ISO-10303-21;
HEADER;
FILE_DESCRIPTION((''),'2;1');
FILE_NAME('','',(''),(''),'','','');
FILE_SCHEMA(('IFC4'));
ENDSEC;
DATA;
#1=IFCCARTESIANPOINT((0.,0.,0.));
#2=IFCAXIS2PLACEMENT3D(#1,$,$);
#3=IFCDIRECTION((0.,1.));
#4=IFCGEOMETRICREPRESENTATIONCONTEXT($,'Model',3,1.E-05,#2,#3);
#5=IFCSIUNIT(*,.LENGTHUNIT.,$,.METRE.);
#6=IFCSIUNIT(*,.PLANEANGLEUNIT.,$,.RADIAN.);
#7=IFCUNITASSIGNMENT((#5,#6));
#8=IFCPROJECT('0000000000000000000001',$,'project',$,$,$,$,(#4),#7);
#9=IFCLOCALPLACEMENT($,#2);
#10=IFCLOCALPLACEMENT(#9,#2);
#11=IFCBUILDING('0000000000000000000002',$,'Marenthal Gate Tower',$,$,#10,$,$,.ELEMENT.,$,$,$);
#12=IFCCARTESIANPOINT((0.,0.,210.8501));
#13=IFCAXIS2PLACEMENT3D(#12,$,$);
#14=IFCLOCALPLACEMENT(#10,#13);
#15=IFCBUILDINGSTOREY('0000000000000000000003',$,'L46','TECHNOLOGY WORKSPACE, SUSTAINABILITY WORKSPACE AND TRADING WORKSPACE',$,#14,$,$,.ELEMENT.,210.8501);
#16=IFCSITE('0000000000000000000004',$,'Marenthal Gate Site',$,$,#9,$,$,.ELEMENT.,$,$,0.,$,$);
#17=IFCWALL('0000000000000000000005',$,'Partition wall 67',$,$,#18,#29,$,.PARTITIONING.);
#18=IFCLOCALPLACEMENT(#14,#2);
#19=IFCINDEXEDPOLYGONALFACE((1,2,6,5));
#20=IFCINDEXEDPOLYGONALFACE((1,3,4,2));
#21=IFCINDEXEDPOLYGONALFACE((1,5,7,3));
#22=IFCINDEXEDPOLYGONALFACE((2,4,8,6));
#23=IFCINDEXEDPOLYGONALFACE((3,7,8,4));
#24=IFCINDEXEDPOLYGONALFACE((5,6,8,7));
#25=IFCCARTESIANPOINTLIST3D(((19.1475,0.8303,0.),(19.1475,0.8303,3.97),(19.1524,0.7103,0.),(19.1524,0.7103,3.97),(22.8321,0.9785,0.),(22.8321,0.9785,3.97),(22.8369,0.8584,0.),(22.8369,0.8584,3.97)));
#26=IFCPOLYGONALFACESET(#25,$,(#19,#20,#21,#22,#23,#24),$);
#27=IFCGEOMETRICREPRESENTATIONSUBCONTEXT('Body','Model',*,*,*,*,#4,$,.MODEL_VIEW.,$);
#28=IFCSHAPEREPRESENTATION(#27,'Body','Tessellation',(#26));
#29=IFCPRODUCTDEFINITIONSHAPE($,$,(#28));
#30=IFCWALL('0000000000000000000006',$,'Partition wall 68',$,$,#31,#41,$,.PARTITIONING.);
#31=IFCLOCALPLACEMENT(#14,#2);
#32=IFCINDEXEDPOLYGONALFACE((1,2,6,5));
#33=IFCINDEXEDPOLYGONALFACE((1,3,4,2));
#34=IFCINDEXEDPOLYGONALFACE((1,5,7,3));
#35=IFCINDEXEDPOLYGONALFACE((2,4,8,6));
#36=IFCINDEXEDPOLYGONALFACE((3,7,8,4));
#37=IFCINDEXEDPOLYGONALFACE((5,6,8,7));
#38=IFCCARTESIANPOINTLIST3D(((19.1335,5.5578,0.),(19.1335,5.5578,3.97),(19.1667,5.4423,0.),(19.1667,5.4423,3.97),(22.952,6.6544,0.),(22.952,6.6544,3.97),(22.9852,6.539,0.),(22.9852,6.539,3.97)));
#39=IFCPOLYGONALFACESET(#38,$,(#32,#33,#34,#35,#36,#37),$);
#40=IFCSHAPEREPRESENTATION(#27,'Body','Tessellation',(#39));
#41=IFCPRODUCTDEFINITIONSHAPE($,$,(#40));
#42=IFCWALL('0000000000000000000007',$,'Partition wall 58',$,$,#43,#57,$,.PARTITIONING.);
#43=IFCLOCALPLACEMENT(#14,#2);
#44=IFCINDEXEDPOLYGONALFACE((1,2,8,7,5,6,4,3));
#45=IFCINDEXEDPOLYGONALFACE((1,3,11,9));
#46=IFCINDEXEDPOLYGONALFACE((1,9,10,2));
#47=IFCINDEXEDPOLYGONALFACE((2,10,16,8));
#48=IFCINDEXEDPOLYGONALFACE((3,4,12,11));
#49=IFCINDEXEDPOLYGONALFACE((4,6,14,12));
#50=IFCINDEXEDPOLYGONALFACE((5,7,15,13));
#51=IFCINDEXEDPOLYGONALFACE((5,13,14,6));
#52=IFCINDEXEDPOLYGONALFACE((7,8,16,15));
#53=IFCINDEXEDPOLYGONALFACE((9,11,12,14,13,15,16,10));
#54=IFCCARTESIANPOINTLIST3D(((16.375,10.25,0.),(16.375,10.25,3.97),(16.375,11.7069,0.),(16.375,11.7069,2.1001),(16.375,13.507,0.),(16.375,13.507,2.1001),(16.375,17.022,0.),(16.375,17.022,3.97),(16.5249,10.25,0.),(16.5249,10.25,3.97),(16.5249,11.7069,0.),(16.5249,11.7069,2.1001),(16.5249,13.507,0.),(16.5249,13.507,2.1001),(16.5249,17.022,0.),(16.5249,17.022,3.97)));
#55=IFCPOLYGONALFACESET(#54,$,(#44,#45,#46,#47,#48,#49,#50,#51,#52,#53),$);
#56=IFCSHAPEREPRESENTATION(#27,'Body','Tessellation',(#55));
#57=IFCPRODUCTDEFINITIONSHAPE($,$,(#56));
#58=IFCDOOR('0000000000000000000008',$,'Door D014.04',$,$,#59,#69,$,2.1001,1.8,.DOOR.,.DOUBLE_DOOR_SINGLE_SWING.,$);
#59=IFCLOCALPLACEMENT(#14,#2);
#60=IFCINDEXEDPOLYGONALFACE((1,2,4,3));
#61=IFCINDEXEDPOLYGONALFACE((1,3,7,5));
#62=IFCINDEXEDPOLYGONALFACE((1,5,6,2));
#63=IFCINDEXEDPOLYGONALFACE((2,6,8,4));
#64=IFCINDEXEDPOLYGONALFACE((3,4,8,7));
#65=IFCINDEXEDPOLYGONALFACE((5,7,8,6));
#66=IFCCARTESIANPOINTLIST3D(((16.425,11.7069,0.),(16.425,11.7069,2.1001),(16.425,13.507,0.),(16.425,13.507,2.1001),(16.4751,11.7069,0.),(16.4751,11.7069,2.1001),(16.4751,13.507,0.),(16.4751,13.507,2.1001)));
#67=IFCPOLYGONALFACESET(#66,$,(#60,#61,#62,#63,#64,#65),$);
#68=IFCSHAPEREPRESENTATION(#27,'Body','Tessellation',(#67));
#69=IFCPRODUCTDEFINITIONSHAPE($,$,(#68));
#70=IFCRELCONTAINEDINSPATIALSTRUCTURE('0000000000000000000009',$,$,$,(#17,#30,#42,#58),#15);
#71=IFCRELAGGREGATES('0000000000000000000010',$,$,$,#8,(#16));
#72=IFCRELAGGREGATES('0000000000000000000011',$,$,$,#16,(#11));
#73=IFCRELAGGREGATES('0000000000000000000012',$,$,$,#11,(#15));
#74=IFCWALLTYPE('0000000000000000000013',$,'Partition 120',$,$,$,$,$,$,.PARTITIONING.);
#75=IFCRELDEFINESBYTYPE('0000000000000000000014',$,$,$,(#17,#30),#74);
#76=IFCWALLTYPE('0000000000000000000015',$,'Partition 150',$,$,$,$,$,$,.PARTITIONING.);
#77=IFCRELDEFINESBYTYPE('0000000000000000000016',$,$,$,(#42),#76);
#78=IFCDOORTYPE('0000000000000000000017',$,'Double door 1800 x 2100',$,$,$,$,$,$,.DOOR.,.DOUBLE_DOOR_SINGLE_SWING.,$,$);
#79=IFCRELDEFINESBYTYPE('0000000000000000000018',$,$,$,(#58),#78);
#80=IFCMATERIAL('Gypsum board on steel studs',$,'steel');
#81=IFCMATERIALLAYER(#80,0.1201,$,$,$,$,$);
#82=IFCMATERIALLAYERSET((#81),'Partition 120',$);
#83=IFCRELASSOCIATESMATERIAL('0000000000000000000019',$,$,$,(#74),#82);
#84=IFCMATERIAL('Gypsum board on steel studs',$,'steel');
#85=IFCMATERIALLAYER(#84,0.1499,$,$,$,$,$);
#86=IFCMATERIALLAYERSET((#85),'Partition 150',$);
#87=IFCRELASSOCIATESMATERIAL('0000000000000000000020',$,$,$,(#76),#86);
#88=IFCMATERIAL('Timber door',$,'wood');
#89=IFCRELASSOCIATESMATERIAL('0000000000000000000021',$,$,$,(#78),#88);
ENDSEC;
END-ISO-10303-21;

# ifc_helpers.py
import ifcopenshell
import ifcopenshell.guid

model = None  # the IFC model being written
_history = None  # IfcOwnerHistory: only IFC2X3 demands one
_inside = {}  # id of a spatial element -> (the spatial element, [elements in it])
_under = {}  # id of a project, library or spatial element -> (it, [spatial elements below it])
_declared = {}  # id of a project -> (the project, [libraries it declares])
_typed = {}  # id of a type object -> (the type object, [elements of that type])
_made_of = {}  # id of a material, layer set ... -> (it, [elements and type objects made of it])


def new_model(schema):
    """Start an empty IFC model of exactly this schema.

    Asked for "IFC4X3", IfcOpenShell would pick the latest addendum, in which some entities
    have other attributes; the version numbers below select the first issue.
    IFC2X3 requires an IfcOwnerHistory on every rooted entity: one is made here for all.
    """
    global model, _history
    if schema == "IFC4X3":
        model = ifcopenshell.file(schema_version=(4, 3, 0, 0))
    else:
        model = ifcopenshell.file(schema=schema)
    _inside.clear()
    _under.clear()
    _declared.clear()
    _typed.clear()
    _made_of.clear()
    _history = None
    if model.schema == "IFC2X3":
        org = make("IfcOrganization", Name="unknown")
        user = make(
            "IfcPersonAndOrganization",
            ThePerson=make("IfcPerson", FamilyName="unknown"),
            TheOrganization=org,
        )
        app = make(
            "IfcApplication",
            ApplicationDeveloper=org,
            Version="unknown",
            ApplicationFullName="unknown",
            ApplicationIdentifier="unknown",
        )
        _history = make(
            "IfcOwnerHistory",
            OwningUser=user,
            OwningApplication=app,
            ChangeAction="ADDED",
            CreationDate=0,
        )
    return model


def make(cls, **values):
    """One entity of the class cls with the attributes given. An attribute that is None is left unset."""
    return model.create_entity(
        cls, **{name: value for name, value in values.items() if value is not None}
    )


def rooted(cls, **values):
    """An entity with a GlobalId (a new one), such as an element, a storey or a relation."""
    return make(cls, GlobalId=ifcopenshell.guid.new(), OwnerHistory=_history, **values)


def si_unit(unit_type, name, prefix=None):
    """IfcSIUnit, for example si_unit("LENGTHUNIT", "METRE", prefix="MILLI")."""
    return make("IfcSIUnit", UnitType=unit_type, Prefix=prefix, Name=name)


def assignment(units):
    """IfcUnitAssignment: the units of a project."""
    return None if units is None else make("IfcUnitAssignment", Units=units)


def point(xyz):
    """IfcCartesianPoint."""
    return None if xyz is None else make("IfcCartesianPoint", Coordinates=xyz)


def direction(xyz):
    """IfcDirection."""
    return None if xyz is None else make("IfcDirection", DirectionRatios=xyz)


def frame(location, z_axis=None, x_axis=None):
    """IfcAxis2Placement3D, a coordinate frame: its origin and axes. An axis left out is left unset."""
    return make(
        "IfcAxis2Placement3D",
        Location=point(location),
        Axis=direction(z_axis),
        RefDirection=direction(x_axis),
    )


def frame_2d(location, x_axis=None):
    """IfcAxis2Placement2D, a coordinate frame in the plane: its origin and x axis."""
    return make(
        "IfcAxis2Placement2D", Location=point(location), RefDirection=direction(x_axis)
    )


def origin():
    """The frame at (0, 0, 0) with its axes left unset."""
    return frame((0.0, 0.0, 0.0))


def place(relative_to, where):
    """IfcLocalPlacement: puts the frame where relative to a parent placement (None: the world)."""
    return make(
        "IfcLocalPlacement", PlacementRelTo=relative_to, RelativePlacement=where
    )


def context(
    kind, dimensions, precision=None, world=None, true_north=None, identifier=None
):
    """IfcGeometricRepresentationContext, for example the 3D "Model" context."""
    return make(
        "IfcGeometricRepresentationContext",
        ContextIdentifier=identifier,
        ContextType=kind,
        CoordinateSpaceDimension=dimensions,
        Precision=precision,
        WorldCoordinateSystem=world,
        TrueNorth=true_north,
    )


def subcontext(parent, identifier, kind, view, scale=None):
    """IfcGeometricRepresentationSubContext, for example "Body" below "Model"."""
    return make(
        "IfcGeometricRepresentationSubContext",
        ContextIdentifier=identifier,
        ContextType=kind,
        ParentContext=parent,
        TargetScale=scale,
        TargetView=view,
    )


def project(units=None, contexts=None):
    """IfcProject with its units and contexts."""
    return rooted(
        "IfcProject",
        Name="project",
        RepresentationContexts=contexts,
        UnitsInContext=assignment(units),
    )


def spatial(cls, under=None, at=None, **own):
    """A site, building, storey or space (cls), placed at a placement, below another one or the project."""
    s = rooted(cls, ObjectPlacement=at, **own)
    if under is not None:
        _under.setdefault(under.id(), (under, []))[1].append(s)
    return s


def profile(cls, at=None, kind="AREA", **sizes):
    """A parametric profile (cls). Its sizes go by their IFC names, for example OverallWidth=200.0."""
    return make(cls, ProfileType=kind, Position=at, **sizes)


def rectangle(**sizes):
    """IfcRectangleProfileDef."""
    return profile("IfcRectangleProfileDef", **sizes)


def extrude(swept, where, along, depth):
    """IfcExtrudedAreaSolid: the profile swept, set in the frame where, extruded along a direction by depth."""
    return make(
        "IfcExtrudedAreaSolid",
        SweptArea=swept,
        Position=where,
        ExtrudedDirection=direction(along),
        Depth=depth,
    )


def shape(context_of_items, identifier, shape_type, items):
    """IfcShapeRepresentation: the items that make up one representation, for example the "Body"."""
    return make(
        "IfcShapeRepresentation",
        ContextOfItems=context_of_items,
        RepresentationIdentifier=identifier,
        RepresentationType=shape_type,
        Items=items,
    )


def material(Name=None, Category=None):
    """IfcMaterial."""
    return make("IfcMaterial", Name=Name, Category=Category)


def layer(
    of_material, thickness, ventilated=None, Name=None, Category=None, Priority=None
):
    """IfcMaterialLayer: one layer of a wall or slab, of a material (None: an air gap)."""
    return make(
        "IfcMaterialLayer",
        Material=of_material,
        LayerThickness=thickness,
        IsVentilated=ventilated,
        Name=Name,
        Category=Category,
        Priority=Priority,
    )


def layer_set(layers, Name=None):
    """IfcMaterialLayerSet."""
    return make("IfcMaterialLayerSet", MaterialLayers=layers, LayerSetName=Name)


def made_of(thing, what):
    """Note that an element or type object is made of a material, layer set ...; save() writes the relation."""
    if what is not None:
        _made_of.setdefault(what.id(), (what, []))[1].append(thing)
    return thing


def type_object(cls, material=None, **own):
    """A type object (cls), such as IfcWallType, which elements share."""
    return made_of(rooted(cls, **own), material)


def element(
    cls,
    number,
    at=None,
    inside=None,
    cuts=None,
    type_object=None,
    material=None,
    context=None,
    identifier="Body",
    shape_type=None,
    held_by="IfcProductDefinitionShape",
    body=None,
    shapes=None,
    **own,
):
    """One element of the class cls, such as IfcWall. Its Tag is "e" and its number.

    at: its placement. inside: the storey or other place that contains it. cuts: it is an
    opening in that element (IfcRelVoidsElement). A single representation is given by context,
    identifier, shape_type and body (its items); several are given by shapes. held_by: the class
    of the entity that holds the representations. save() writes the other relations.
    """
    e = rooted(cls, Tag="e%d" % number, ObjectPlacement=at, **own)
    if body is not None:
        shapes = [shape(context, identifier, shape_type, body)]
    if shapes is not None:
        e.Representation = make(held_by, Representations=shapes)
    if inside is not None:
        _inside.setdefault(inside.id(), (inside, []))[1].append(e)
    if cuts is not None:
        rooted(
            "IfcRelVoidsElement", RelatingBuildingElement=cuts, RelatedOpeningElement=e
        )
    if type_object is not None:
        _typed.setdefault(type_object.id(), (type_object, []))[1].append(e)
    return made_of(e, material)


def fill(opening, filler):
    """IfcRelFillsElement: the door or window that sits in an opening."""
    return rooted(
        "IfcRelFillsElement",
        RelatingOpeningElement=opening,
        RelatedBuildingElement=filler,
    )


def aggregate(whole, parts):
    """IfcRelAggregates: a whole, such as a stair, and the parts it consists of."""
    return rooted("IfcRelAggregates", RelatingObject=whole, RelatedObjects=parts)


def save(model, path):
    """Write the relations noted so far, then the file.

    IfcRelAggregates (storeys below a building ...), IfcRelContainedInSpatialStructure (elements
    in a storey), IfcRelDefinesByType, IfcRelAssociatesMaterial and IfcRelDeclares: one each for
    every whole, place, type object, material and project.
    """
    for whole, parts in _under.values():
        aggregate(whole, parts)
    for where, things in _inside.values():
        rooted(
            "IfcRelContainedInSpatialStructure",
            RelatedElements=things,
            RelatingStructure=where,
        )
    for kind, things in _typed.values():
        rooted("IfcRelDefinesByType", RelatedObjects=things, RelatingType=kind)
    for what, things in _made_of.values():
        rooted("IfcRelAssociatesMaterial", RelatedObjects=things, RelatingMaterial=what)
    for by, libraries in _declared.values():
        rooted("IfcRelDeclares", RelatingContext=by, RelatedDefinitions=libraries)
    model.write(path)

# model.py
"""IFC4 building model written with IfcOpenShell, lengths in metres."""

from ifc_helpers import new_model, si_unit, direction, frame, frame_2d, origin, place, context, subcontext, project, spatial, rectangle, extrude, material, layer, layer_set, type_object, element, fill, save


model = new_model("IFC4")

# Units and contexts
model_context = context("Model", 3, precision=1e-05, world=origin(), true_north=direction((0.0, 1.0)))
body_context = subcontext(model_context, "Body", "Model", "MODEL_VIEW")
ifc_project = project(units=[si_unit("LENGTHUNIT", "METRE"), si_unit("PLANEANGLEUNIT", "RADIAN")], contexts=[model_context])

# Site, building, storey
site_placement = place(None, origin())
site = spatial("IfcSite", under=ifc_project, at=site_placement, Name="Marenthal Gate Site", CompositionType="ELEMENT", RefElevation=0.0)
building_placement = place(site_placement, origin())
building = spatial("IfcBuilding", under=site, at=building_placement, Name="Marenthal Gate Tower", CompositionType="ELEMENT")
storey_placement = place(building_placement, frame((0.0, 0.0, 210.8501)))
storey = spatial("IfcBuildingStorey", under=building, at=storey_placement, Name="L46", Description="TECHNOLOGY WORKSPACE, SUSTAINABILITY WORKSPACE AND TRADING WORKSPACE", CompositionType="ELEMENT", Elevation=210.8501)

# Walls
ifc_material_1 = material(Name="Gypsum board on steel studs", Category="steel")
ifc_layer_1 = layer(ifc_material_1, 0.1201)
ifc_layer_set_1 = layer_set([ifc_layer_1], Name="Partition 120")
wall_type_1 = type_object("IfcWallType", Name="Partition 120", PredefinedType="PARTITIONING", material=ifc_layer_set_1)
wall_1_placement = place(storey_placement, frame((22.8345, 0.9185, 0.0), z_axis=(0.0, 0.0, 1.0), x_axis=(-0.999192, -0.040187, 0.0)))
element("IfcWall", 1, at=wall_1_placement, inside=storey, type_object=wall_type_1, Name="Partition wall 67", PredefinedType="PARTITIONING", context=body_context, shape_type="SweptSolid", body=[
    extrude(rectangle(XDim=3.6875, YDim=0.1201, at=frame_2d((1.8438, 0.0))), origin(), (0.0, 0.0, 1.0), 3.97),
])
wall_2_placement = place(storey_placement, frame((22.9685, 6.5967, 0.0), z_axis=(0.0, 0.0, 1.0), x_axis=(-0.961147, -0.276036, 0.0)))
element("IfcWall", 2, at=wall_2_placement, inside=storey, type_object=wall_type_1, Name="Partition wall 68", PredefinedType="PARTITIONING", context=body_context, shape_type="SweptSolid", body=[
    extrude(rectangle(XDim=3.9729, YDim=0.1201, at=frame_2d((1.9863, 0.0))), origin(), (0.0, 0.0, 1.0), 3.97),
])

# Wall, opening, door
ifc_material_2 = material(Name="Gypsum board on steel studs", Category="steel")
ifc_layer_2 = layer(ifc_material_2, 0.1499)
ifc_layer_set_2 = layer_set([ifc_layer_2], Name="Partition 150")
wall_type_2 = type_object("IfcWallType", Name="Partition 150", PredefinedType="PARTITIONING", material=ifc_layer_set_2)
wall_3_placement = place(storey_placement, frame((16.45, 10.25, 0.0), z_axis=(0.0, 0.0, 1.0), x_axis=(0.0, 1.0, 0.0)))
wall_3 = element("IfcWall", 3, at=wall_3_placement, inside=storey, type_object=wall_type_2, Name="Partition wall 58", PredefinedType="PARTITIONING", context=body_context, shape_type="SweptSolid", body=[
    extrude(rectangle(XDim=6.772, YDim=0.1499, at=frame_2d((3.386, 0.0))), origin(), (0.0, 0.0, 1.0), 3.97),
])
opening_placement = place(wall_3_placement, frame((1.457, 0.0, 0.0)))
opening = element("IfcOpeningElement", 4, at=opening_placement, cuts=wall_3, PredefinedType="OPENING", context=body_context, shape_type="SweptSolid", body=[
    extrude(rectangle(XDim=1.8, YDim=2.1001, at=frame_2d((0.8999, 1.05))), frame((0.0, 0.085, 0.0), z_axis=(0.0, -1.0, 0.0), x_axis=(1.0, 0.0, 0.0)), (0.0, 0.0, 1.0), 0.1699),
])
ifc_material_3 = material(Name="Timber door", Category="wood")
door_type = type_object("IfcDoorType", Name="Double door 1800 x 2100", OperationType="DOUBLE_DOOR_SINGLE_SWING", PredefinedType="DOOR", material=ifc_material_3)
door_placement = place(opening_placement, origin())
door = element("IfcDoor", 5, at=door_placement, inside=storey, type_object=door_type, Name="Door D014.04", OperationType="DOUBLE_DOOR_SINGLE_SWING", OverallHeight=2.1001, OverallWidth=1.8, PredefinedType="DOOR", context=body_context, shape_type="SweptSolid", body=[
    extrude(rectangle(XDim=1.8, YDim=2.1001, at=frame_2d((0.8999, 1.05))), frame((0.0, 0.0249, 0.0), z_axis=(0.0, -1.0, 0.0), x_axis=(1.0, 0.0, 0.0)), (0.0, 0.0, 1.0), 0.05),
])
fill(opening, door)

save(model, "model.ifc")
